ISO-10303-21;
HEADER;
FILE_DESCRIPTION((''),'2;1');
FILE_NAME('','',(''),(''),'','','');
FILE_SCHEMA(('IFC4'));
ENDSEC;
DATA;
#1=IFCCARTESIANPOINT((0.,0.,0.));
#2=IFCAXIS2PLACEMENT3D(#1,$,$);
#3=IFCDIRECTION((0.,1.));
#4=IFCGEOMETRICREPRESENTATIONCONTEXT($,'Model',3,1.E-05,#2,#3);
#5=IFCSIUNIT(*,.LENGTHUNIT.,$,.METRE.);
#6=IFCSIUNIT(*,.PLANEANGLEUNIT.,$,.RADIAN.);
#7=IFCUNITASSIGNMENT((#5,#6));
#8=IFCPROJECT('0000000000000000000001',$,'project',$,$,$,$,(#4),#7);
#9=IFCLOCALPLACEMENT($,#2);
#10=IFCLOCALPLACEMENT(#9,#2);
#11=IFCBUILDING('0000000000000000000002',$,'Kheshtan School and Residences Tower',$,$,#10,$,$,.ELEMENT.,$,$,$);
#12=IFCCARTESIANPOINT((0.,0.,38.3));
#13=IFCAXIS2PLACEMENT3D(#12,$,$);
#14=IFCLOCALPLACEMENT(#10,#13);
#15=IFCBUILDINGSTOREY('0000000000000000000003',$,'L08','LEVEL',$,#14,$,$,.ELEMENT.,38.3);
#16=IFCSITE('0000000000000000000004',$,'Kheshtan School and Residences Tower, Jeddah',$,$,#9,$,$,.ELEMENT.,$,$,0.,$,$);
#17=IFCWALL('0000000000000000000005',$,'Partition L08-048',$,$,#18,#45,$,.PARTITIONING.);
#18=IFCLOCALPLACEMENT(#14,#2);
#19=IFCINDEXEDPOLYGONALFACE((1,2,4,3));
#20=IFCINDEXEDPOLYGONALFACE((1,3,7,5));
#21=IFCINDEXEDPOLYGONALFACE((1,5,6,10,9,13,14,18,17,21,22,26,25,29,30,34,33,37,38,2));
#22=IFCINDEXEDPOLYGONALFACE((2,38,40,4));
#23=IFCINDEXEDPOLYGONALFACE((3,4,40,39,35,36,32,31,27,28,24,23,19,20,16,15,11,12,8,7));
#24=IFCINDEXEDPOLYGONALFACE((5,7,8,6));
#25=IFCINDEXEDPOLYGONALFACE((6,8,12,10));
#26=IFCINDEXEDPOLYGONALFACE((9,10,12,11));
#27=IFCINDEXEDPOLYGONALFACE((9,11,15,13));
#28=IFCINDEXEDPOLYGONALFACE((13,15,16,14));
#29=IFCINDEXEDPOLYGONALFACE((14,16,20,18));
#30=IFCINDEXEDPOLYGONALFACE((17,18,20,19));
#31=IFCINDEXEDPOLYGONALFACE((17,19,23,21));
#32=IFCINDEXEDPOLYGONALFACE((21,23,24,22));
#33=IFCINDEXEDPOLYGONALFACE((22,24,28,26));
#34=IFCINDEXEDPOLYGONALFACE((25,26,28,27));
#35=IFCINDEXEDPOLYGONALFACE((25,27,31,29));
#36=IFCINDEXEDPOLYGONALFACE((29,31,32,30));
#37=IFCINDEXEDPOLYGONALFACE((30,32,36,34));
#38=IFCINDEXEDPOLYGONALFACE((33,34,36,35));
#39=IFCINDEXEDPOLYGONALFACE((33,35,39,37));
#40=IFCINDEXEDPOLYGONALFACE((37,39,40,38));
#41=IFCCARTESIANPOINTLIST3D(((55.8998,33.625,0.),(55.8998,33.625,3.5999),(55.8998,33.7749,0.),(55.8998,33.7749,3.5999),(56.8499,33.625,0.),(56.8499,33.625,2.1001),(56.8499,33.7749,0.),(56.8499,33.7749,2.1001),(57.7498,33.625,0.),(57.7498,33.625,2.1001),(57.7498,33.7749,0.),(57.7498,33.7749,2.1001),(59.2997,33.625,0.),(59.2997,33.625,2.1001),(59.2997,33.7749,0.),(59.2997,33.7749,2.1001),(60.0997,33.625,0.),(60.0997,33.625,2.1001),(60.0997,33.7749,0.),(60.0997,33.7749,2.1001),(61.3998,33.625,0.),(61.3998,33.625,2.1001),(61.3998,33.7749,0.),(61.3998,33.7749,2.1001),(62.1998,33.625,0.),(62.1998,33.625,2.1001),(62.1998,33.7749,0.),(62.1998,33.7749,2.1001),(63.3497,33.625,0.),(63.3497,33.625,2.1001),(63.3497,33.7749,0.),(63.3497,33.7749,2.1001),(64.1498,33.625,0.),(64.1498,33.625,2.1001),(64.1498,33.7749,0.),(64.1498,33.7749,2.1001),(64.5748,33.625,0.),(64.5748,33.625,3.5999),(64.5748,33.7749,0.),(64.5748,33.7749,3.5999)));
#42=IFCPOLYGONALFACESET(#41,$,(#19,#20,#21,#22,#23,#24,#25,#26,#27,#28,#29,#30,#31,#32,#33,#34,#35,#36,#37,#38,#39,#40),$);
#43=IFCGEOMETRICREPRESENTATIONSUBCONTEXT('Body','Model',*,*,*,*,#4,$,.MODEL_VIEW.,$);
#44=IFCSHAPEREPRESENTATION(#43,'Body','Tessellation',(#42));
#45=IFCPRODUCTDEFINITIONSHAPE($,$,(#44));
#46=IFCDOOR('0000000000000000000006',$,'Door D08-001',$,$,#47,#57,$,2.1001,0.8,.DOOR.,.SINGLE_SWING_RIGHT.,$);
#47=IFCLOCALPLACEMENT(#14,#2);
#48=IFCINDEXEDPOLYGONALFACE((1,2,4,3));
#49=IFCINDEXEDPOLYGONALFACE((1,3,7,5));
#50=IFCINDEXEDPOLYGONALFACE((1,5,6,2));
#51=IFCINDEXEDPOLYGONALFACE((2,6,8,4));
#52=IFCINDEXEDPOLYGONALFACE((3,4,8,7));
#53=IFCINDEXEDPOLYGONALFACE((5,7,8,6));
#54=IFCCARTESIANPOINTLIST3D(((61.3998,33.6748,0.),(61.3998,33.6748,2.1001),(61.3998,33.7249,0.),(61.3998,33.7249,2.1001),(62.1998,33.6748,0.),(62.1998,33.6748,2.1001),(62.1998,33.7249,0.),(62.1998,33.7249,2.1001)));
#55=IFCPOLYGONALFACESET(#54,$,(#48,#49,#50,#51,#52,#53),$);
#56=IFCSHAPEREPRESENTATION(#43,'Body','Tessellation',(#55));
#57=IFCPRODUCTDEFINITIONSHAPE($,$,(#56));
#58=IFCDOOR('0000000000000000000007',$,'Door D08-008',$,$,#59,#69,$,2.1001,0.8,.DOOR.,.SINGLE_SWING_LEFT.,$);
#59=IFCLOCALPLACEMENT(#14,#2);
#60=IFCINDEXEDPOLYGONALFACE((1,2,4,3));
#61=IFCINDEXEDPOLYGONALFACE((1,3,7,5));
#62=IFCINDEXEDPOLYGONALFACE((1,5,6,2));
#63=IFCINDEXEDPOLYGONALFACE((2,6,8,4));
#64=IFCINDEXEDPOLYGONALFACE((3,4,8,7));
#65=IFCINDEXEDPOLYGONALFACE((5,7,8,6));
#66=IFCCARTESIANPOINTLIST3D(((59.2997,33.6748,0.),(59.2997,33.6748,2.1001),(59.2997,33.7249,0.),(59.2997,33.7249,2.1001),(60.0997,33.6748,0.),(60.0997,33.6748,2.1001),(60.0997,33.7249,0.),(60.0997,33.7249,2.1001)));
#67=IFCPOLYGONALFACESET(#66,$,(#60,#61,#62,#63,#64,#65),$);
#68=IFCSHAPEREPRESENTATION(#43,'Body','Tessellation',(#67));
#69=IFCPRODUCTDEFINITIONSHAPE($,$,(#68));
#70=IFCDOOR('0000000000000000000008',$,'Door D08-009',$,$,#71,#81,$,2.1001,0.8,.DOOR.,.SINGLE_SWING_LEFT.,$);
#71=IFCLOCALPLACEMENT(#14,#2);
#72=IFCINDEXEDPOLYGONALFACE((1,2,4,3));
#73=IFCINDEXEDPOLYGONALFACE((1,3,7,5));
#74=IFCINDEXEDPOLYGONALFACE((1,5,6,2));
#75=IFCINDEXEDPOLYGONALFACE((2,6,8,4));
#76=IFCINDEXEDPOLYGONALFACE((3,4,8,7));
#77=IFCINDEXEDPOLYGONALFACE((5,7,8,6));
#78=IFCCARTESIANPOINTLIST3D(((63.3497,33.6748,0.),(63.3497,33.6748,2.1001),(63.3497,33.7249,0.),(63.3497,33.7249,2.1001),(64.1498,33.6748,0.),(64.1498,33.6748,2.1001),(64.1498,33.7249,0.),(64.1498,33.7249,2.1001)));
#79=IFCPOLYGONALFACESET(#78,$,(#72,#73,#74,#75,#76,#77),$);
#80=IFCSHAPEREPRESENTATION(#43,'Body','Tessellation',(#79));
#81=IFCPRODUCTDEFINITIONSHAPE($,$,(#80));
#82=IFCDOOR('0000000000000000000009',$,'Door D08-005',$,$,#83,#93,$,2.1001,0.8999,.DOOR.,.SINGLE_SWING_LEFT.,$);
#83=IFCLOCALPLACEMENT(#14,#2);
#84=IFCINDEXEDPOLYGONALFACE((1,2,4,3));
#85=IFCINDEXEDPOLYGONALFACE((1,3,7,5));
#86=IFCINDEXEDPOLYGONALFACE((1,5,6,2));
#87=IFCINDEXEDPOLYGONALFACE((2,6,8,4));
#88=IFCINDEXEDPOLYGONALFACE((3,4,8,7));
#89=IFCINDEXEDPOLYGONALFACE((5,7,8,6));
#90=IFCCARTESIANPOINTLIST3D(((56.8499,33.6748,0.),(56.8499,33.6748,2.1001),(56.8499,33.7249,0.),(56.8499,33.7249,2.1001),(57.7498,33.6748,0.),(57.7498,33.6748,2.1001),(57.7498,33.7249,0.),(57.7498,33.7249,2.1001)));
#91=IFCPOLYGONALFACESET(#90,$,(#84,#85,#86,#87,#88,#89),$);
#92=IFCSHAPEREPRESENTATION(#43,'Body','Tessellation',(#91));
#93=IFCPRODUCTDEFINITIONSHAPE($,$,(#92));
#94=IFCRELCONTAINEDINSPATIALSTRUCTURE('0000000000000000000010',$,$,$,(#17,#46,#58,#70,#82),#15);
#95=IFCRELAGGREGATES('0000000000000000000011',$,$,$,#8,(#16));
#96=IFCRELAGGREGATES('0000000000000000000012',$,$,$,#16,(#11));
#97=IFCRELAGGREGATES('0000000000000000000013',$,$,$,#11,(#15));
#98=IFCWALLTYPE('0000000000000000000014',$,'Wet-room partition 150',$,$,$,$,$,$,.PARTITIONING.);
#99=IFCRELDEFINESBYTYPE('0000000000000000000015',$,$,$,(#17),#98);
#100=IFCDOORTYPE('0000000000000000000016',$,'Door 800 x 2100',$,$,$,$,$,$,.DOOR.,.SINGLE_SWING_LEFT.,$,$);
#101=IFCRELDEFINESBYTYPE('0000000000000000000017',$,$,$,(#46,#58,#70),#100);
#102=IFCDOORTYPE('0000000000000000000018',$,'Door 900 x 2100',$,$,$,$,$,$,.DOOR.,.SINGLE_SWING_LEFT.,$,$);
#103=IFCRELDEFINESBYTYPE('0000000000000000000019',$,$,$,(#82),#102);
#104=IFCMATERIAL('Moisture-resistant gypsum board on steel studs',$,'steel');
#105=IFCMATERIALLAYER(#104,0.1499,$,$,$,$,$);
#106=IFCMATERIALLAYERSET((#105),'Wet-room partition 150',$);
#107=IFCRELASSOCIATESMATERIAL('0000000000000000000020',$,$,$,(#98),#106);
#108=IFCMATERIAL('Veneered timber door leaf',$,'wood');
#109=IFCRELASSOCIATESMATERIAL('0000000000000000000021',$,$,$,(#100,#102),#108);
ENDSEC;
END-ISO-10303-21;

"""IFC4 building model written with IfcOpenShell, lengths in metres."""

from ifc_helpers import new_model, si_unit, direction, frame, frame_2d, origin, place, context, subcontext, project, spatial, rectangle, extrude, source, transform, mapped, material, layer, layer_set, type_object, element, fill, save


model = new_model("IFC4")

# Units and contexts
model_context = context("Model", 3, precision=1e-05, world=origin(), true_north=direction((0.0, 1.0)))
body_context = subcontext(model_context, "Body", "Model", "MODEL_VIEW")
ifc_project = project(units=[si_unit("LENGTHUNIT", "METRE"), si_unit("PLANEANGLEUNIT", "RADIAN")], contexts=[model_context])

# Site, building, storey
site_placement = place(None, origin())
site = spatial("IfcSite", under=ifc_project, at=site_placement, Name="Kheshtan School and Residences Tower, Jeddah", CompositionType="ELEMENT", RefElevation=0.0)
building_placement = place(site_placement, origin())
building = spatial("IfcBuilding", under=site, at=building_placement, Name="Kheshtan School and Residences Tower", CompositionType="ELEMENT")
storey_placement = place(building_placement, frame((0.0, 0.0, 38.3)))
storey = spatial("IfcBuildingStorey", under=building, at=storey_placement, Name="L08", Description="LEVEL", CompositionType="ELEMENT", Elevation=38.3)

# Wall, openings, doors
ifc_material_1 = material(Name="Moisture-resistant gypsum board on steel studs", Category="steel")
ifc_layer_1 = layer(ifc_material_1, 0.1499)
ifc_layer_set_1 = layer_set([ifc_layer_1], Name="Wet-room partition 150")
wall_type_1 = type_object("IfcWallType", Name="Wet-room partition 150", PredefinedType="PARTITIONING", material=ifc_layer_set_1)
wall_1_placement = place(storey_placement, frame((55.8999, 33.7, 0.0), z_axis=(0.0, 0.0, 1.0), x_axis=(1.0, 0.0, 0.0)))
wall_1 = element("IfcWall", 1, at=wall_1_placement, inside=storey, type_object=wall_type_1, Name="Partition L08-048", PredefinedType="PARTITIONING", context=body_context, shape_type="SweptSolid", body=[
    extrude(rectangle(XDim=8.675, YDim=0.1499, at=frame_2d((4.3374, 0.0))), origin(), (0.0, 0.0, 1.0), 3.5999),
])
opening_1_placement = place(wall_1_placement, frame((5.5, 0.0, 0.0)))
opening_1 = element("IfcOpeningElement", 2, at=opening_1_placement, cuts=wall_1, PredefinedType="OPENING", context=body_context, shape_type="SweptSolid", body=[
    extrude(rectangle(XDim=0.8, YDim=2.1001, at=frame_2d((0.3999, 1.05))), frame((0.0, 0.085, 0.0), z_axis=(0.0, -1.0, 0.0), x_axis=(1.0, 0.0, 0.0)), (0.0, 0.0, 1.0), 0.1699),
])
opening_2_placement = place(wall_1_placement, frame((0.95, 0.0, 0.0)))
opening_2 = element("IfcOpeningElement", 3, at=opening_2_placement, cuts=wall_1, PredefinedType="OPENING", context=body_context, shape_type="SweptSolid", body=[
    extrude(rectangle(XDim=0.8999, YDim=2.1001, at=frame_2d((0.45, 1.05))), frame((0.0, 0.085, 0.0), z_axis=(0.0, -1.0, 0.0), x_axis=(1.0, 0.0, 0.0)), (0.0, 0.0, 1.0), 0.1699),
])
opening_3_placement = place(wall_1_placement, frame((3.3999, 0.0, 0.0)))
opening_3 = element("IfcOpeningElement", 4, at=opening_3_placement, cuts=wall_1, PredefinedType="OPENING", context=body_context, shape_type="SweptSolid", body=[
    extrude(rectangle(XDim=0.8, YDim=2.1001, at=frame_2d((0.3999, 1.05))), frame((0.0, 0.085, 0.0), z_axis=(0.0, -1.0, 0.0), x_axis=(1.0, 0.0, 0.0)), (0.0, 0.0, 1.0), 0.1699),
])
opening_4_placement = place(wall_1_placement, frame((7.45, 0.0, 0.0)))
opening_4 = element("IfcOpeningElement", 5, at=opening_4_placement, cuts=wall_1, PredefinedType="OPENING", context=body_context, shape_type="SweptSolid", body=[
    extrude(rectangle(XDim=0.8, YDim=2.1001, at=frame_2d((0.3999, 1.05))), frame((0.0, 0.085, 0.0), z_axis=(0.0, -1.0, 0.0), x_axis=(1.0, 0.0, 0.0)), (0.0, 0.0, 1.0), 0.1699),
])
ifc_material_2 = material(Name="Veneered timber door leaf", Category="wood")
door_type_1 = type_object("IfcDoorType", Name="Door 800 x 2100", OperationType="SINGLE_SWING_LEFT", PredefinedType="DOOR", material=ifc_material_2)
shared_shape_1 = source(origin(), body_context, "Body", "SweptSolid", [
    extrude(rectangle(XDim=0.8, YDim=2.1001, at=frame_2d((0.3999, 1.05))), frame((0.0, 0.0249, 0.0), z_axis=(0.0, -1.0, 0.0), x_axis=(1.0, 0.0, 0.0)), (0.0, 0.0, 1.0), 0.05),
])
door_1_placement = place(opening_1_placement, origin())
door_1 = element("IfcDoor", 6, at=door_1_placement, inside=storey, type_object=door_type_1, Name="Door D08-001", OperationType="SINGLE_SWING_RIGHT", OverallHeight=2.1001, OverallWidth=0.8, PredefinedType="DOOR", context=body_context, shape_type="MappedRepresentation", body=[
    mapped(shared_shape_1, transform((0.0, 0.0, 0.0), x_axis=(1.0, 0.0, 0.0), y_axis=(0.0, 1.0, 0.0), z_axis=(0.0, 0.0, 1.0), scale=1.0)),
])
fill(opening_1, door_1)
door_2_placement = place(opening_3_placement, origin())
door_2 = element("IfcDoor", 7, at=door_2_placement, inside=storey, type_object=door_type_1, Name="Door D08-008", OperationType="SINGLE_SWING_LEFT", OverallHeight=2.1001, OverallWidth=0.8, PredefinedType="DOOR", context=body_context, shape_type="MappedRepresentation", body=[
    mapped(shared_shape_1, transform((0.0, 0.0, 0.0), x_axis=(1.0, 0.0, 0.0), y_axis=(0.0, 1.0, 0.0), z_axis=(0.0, 0.0, 1.0), scale=1.0)),
])
fill(opening_3, door_2)
door_3_placement = place(opening_4_placement, origin())
door_3 = element("IfcDoor", 8, at=door_3_placement, inside=storey, type_object=door_type_1, Name="Door D08-009", OperationType="SINGLE_SWING_LEFT", OverallHeight=2.1001, OverallWidth=0.8, PredefinedType="DOOR", context=body_context, shape_type="MappedRepresentation", body=[
    mapped(shared_shape_1, transform((0.0, 0.0, 0.0), x_axis=(1.0, 0.0, 0.0), y_axis=(0.0, 1.0, 0.0), z_axis=(0.0, 0.0, 1.0), scale=1.0)),
])
fill(opening_4, door_3)
door_type_2 = type_object("IfcDoorType", Name="Door 900 x 2100", OperationType="SINGLE_SWING_LEFT", PredefinedType="DOOR", material=ifc_material_2)
shared_shape_2 = source(origin(), body_context, "Body", "SweptSolid", [
    extrude(rectangle(XDim=0.8999, YDim=2.1001, at=frame_2d((0.45, 1.05))), frame((0.0, 0.0249, 0.0), z_axis=(0.0, -1.0, 0.0), x_axis=(1.0, 0.0, 0.0)), (0.0, 0.0, 1.0), 0.05),
])
door_4_placement = place(opening_2_placement, origin())
door_4 = element("IfcDoor", 9, at=door_4_placement, inside=storey, type_object=door_type_2, Name="Door D08-005", OperationType="SINGLE_SWING_LEFT", OverallHeight=2.1001, OverallWidth=0.8999, PredefinedType="DOOR", context=body_context, shape_type="MappedRepresentation", body=[
    mapped(shared_shape_2, transform((0.0, 0.0, 0.0), x_axis=(1.0, 0.0, 0.0), y_axis=(0.0, 1.0, 0.0), z_axis=(0.0, 0.0, 1.0), scale=1.0)),
])
fill(opening_2, door_4)

save(model, "model.ifc")
